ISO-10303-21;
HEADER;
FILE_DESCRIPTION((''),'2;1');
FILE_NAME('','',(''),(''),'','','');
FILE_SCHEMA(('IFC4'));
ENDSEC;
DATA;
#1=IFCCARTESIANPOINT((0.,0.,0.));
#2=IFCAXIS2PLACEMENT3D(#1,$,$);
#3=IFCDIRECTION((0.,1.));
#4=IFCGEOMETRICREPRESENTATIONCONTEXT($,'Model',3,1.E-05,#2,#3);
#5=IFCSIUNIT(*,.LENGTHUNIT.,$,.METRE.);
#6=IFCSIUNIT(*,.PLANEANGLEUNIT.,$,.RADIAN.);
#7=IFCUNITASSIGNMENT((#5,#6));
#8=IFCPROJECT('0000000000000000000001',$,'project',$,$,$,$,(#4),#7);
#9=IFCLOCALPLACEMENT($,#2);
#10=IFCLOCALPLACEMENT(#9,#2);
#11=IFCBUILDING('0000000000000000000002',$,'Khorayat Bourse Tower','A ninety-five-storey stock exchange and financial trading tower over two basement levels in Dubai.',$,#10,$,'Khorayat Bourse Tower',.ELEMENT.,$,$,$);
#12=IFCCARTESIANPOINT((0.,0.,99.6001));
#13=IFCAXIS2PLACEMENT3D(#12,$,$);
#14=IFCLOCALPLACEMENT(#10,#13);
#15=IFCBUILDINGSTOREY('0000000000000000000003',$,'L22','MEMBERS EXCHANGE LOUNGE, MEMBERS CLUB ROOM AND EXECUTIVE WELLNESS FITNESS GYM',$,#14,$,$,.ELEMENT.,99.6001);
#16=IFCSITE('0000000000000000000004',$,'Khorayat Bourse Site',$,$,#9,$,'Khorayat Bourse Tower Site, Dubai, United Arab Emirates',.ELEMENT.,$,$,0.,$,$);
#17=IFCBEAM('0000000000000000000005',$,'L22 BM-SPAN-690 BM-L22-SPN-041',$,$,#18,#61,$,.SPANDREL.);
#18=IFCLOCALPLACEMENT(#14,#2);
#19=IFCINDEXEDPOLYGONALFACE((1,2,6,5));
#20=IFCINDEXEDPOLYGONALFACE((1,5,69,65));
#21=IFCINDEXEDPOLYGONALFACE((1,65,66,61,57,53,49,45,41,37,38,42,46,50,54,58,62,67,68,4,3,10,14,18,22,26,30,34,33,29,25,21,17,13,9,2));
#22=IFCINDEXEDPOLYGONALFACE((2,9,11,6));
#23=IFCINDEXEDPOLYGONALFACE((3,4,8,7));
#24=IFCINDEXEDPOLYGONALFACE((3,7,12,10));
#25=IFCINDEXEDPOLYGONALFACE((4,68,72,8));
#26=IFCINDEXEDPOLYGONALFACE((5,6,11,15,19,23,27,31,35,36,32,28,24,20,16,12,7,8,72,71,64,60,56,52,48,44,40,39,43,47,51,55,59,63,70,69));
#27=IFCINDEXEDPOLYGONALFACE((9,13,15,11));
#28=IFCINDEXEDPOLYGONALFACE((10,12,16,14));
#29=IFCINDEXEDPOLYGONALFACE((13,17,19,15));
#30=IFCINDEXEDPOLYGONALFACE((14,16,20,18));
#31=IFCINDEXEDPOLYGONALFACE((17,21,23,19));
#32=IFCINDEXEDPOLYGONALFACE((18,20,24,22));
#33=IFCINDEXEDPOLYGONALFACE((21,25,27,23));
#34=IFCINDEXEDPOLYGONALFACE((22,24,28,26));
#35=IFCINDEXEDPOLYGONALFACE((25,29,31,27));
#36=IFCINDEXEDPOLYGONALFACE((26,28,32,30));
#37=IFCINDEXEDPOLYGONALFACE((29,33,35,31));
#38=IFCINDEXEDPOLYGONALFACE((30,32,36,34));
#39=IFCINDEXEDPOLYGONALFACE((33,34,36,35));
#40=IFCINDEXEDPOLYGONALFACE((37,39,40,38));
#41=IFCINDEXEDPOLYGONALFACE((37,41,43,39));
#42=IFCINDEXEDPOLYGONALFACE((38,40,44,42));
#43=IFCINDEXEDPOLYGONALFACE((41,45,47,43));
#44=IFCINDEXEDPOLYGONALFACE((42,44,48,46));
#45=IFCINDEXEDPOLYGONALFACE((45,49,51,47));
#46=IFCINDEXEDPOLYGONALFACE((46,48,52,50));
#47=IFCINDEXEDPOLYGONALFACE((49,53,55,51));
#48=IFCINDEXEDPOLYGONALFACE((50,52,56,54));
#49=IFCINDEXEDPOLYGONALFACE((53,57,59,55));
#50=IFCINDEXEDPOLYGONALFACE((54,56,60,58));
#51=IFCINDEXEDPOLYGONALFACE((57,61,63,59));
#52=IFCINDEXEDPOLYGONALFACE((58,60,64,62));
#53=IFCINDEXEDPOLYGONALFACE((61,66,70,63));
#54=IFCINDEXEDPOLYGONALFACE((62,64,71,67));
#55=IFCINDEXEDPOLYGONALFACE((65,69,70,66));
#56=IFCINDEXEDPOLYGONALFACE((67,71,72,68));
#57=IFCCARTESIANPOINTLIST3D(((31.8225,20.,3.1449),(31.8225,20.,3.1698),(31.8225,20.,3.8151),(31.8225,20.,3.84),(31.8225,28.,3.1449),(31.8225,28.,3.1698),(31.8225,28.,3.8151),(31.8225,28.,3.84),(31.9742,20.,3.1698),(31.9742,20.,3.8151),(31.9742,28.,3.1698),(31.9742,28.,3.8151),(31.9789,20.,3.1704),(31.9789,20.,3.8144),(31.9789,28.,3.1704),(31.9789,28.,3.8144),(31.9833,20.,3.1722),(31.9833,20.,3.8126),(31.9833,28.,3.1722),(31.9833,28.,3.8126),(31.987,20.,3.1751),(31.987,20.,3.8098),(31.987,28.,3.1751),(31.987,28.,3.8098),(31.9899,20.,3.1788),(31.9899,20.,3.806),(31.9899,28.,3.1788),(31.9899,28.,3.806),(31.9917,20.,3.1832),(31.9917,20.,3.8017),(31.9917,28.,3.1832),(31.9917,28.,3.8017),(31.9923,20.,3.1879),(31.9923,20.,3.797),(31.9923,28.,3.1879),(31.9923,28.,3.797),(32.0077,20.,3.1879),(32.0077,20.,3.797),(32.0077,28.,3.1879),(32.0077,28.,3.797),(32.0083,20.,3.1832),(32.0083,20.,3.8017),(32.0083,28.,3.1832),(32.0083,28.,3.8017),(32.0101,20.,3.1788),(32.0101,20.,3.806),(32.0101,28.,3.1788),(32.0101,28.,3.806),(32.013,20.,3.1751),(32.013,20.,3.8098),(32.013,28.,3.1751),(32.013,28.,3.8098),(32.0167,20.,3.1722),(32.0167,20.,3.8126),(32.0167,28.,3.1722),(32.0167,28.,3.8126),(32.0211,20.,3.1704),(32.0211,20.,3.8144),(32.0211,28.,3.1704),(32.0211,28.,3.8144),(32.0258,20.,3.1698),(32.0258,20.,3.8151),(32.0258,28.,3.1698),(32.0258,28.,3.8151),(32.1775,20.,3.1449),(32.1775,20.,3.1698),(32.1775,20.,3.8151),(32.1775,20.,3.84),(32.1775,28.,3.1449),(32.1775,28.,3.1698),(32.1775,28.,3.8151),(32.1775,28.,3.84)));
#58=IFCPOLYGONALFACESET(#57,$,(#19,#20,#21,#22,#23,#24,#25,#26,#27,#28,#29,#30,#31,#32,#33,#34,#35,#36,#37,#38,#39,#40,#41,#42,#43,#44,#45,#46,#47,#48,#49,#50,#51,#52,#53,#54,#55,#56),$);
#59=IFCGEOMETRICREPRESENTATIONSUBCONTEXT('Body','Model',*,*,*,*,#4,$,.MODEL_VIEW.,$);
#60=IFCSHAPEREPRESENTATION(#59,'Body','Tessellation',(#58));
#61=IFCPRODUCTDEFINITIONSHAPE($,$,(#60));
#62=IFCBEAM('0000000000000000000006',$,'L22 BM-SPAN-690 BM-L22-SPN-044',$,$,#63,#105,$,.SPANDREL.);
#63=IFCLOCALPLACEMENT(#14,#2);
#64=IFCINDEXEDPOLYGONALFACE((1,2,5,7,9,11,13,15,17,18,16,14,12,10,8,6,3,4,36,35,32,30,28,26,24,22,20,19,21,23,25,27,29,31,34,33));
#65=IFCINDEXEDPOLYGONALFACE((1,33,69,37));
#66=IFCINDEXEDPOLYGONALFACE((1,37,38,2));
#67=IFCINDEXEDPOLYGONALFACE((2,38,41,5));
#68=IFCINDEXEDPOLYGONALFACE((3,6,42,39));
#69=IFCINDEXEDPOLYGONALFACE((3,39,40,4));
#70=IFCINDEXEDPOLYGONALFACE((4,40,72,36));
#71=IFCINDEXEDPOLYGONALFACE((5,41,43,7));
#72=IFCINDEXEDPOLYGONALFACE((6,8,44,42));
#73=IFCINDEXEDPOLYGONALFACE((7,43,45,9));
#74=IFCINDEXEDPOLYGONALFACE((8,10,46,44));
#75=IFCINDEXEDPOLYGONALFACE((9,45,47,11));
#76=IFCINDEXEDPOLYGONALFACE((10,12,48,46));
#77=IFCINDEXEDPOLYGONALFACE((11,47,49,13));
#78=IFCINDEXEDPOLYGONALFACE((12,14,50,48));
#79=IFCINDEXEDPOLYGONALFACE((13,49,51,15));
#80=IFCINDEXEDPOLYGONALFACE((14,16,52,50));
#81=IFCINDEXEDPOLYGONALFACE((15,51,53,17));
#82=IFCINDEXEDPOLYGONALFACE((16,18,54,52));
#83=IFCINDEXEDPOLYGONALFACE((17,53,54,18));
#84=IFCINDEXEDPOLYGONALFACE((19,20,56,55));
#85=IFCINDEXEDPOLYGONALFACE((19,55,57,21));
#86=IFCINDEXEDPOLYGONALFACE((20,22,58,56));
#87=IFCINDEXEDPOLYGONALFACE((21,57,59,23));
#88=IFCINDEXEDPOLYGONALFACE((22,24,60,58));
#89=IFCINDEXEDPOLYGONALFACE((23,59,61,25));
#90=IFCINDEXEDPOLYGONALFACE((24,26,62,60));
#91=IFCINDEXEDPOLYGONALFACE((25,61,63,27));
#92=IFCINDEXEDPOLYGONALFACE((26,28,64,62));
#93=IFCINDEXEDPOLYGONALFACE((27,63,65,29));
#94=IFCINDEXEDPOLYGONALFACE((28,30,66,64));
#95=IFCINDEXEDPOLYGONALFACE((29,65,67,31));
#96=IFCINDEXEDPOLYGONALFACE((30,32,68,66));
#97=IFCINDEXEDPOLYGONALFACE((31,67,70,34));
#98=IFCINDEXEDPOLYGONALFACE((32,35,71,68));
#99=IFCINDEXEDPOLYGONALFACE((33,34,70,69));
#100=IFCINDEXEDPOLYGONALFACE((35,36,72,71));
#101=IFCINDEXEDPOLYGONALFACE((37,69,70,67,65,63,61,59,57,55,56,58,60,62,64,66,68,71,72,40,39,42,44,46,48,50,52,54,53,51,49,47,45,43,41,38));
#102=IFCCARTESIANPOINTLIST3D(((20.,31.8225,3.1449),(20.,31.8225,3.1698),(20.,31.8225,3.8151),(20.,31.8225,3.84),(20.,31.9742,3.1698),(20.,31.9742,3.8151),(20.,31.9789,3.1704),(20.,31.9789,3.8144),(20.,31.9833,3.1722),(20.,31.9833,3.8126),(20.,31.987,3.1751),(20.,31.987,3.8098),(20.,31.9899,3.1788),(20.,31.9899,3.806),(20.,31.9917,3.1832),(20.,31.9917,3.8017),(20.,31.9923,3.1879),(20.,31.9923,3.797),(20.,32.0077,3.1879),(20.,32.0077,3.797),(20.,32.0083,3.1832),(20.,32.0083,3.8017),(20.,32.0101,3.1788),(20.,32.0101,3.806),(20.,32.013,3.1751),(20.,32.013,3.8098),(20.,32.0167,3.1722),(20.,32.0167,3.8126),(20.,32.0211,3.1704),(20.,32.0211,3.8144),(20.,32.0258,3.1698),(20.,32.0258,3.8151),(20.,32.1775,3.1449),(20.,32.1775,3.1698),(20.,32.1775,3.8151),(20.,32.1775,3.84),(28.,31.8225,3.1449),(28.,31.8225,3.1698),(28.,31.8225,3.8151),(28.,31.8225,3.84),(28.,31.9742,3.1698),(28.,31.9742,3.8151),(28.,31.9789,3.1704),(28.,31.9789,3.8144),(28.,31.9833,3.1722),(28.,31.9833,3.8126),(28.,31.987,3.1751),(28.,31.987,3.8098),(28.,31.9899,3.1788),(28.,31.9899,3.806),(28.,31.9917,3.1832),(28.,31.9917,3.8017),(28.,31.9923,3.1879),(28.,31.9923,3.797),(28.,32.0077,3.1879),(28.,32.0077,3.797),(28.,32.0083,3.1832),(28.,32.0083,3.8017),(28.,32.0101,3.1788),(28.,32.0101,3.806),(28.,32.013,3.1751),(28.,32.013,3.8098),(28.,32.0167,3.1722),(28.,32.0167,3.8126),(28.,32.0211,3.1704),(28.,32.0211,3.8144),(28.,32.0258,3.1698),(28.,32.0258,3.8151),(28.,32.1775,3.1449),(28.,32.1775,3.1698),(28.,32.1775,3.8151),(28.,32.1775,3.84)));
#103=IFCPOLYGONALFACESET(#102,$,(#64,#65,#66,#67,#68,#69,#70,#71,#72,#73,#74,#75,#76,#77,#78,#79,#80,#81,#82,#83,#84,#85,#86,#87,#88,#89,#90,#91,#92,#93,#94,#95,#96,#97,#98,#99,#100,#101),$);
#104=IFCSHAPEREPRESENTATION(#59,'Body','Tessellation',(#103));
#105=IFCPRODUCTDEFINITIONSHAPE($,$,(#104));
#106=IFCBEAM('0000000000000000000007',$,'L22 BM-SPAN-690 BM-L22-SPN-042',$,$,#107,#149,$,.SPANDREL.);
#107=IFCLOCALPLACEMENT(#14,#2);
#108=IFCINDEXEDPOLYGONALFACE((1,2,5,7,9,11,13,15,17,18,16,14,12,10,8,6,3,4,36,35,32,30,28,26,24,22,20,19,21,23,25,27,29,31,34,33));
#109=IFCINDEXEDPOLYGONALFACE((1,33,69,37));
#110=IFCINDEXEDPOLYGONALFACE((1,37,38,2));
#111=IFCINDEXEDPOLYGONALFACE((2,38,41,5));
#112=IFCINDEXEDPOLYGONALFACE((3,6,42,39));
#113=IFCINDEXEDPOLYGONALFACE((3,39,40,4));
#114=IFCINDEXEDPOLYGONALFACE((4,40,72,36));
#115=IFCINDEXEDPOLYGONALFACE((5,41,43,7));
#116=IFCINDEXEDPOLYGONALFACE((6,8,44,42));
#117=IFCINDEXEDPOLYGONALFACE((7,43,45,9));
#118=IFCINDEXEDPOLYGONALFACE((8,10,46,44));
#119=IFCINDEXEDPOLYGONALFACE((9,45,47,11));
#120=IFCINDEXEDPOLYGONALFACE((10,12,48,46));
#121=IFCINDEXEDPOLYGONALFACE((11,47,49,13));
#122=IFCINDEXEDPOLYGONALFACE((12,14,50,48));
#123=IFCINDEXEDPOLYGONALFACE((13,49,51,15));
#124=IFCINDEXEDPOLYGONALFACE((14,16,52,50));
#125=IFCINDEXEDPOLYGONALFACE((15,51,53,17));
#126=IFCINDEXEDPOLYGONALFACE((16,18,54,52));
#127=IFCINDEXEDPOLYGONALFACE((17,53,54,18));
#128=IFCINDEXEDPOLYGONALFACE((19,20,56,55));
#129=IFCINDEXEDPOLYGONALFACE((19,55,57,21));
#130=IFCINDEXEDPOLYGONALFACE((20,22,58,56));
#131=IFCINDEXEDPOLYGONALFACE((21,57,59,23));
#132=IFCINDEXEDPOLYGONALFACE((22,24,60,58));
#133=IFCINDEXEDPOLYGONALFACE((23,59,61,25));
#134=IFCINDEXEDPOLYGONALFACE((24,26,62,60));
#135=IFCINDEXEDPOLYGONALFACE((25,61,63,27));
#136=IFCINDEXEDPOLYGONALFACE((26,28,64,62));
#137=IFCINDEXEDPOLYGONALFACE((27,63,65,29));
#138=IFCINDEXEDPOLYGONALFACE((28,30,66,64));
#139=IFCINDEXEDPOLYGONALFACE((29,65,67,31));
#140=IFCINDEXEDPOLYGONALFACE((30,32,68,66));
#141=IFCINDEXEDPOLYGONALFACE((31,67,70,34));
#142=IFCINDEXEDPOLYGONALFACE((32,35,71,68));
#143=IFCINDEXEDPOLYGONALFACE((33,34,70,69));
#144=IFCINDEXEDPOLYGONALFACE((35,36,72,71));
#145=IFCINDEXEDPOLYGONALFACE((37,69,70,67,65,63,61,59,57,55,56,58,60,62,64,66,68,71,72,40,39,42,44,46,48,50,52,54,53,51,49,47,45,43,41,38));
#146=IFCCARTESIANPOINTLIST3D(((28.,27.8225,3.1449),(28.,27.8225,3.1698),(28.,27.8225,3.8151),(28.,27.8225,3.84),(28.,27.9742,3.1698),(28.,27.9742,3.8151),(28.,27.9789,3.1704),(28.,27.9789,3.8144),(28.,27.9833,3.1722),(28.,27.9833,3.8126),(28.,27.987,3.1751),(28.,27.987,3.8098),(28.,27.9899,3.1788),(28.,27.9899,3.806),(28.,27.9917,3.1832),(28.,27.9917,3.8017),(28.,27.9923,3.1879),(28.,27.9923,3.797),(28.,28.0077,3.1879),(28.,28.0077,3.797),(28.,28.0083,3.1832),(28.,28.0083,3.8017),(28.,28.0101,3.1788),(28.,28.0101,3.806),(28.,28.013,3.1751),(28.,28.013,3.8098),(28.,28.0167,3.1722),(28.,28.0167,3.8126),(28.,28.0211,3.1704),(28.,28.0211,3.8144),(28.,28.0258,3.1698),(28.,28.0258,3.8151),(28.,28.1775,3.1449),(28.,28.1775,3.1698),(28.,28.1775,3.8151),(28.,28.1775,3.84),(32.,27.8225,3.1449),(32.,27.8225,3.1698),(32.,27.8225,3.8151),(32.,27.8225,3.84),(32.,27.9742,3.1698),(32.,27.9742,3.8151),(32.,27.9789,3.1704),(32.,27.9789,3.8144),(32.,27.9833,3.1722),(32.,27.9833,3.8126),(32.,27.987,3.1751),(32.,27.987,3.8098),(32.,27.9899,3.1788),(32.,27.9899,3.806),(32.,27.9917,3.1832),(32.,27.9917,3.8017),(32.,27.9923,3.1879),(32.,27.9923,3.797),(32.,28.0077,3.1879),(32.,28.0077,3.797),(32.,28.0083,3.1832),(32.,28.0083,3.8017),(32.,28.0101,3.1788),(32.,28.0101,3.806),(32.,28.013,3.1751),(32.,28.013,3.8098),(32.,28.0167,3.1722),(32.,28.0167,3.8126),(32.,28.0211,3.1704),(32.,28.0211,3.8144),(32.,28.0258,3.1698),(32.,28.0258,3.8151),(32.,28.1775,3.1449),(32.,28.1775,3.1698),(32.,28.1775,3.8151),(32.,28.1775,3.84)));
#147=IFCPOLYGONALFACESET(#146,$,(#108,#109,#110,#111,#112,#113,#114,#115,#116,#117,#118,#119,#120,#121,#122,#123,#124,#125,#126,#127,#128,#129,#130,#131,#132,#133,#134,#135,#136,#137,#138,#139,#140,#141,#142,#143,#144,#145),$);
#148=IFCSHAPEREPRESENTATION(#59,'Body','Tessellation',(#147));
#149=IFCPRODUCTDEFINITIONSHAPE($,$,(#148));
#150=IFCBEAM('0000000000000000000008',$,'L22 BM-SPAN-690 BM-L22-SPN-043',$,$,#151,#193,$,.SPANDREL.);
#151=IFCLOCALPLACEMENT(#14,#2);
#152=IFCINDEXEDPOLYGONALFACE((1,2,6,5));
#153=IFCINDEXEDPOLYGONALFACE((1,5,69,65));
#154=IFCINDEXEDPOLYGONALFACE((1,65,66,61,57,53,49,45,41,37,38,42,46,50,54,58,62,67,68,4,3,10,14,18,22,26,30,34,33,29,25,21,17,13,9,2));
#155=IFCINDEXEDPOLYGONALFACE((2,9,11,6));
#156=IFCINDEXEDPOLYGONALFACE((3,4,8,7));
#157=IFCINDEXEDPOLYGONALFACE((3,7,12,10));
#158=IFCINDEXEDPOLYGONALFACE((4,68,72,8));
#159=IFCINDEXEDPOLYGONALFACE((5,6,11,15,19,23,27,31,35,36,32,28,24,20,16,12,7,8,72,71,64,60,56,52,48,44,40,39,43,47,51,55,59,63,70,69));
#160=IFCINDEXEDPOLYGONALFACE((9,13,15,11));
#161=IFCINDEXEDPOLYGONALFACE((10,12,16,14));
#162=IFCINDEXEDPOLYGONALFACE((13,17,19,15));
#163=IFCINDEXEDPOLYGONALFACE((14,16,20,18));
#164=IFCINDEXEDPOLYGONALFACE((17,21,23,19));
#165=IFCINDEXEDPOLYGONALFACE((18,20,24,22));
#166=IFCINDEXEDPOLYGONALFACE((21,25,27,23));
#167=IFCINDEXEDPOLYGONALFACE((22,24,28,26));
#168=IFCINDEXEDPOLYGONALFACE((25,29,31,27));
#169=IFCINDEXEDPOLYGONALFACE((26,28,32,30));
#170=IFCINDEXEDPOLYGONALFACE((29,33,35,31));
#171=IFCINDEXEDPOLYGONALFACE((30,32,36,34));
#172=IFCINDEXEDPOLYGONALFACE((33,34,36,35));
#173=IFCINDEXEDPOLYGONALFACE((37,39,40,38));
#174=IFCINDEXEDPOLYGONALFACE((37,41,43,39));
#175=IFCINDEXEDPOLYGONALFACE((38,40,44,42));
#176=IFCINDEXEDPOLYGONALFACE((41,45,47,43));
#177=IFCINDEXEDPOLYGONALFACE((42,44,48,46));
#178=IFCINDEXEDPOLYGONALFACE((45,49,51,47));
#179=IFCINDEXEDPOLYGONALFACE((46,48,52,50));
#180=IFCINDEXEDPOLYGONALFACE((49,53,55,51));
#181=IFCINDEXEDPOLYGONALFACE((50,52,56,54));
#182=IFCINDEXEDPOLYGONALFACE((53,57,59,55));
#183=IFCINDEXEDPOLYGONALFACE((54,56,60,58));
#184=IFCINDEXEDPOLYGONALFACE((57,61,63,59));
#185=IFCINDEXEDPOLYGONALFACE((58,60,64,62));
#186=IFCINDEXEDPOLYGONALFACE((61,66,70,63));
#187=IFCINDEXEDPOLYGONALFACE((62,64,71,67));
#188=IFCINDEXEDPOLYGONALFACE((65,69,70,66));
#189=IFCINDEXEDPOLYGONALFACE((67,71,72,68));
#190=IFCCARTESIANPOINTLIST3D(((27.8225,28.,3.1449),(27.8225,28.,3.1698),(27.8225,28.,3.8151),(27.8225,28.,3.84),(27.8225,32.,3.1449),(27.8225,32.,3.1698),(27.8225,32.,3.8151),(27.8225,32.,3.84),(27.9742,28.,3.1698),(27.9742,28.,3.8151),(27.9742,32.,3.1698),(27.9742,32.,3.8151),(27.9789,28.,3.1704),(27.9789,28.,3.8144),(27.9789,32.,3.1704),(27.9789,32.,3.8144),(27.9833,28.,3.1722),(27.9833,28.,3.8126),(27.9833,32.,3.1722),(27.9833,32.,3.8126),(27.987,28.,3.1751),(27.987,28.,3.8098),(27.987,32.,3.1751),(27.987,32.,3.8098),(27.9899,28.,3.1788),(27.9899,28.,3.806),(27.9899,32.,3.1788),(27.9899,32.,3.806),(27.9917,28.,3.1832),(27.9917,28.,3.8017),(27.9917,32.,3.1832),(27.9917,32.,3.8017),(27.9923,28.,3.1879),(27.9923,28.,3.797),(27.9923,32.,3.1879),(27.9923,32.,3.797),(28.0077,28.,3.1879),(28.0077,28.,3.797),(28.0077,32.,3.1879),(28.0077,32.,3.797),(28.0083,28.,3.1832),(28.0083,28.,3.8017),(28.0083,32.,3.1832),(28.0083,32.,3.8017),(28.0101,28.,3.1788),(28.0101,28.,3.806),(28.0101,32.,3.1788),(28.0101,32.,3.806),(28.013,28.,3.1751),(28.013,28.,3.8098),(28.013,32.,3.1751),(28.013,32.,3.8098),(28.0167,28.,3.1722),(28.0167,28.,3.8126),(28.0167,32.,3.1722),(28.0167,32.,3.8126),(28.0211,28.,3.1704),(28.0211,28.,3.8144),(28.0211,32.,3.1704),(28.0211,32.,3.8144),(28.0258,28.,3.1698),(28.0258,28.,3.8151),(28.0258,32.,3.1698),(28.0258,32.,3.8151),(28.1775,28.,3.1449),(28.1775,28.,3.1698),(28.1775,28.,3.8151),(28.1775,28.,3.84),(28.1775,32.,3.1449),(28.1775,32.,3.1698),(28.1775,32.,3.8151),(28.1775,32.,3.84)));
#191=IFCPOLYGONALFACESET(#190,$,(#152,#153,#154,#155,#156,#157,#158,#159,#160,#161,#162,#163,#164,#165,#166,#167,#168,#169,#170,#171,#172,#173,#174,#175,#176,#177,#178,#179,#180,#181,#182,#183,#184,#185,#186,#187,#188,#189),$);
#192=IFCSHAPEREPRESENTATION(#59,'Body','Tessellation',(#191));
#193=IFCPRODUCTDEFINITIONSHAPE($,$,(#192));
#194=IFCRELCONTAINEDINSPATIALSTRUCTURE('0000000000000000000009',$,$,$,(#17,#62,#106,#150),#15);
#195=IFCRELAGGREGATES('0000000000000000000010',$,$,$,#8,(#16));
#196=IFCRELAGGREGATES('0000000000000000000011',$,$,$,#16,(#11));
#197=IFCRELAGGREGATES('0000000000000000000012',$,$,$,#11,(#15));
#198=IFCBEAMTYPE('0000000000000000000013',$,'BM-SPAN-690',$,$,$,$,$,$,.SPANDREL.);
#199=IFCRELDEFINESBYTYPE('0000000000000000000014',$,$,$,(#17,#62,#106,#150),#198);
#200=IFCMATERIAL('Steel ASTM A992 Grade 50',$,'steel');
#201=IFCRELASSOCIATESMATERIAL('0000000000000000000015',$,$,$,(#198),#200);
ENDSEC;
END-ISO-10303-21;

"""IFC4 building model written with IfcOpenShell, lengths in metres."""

from ifc_helpers import new_model, si_unit, direction, frame, origin, origin_2d, place, context, subcontext, project, spatial, i_section, extrude, source, transform, mapped, material, material_profile, profile_set, type_object, element, save


model = new_model("IFC4")

# Units and contexts
model_context = context("Model", 3, precision=1e-05, world=origin(), true_north=direction((0.0, 1.0)))
body_context = subcontext(model_context, "Body", "Model", "MODEL_VIEW")
ifc_project = project(units=[si_unit("LENGTHUNIT", "METRE"), si_unit("PLANEANGLEUNIT", "RADIAN")], contexts=[model_context])

# Site, building, storey
site_placement = place(None, origin())
site = spatial("IfcSite", under=ifc_project, at=site_placement, Name="Khorayat Bourse Site", LongName="Khorayat Bourse Tower Site, Dubai, United Arab Emirates", CompositionType="ELEMENT", RefElevation=0.0)
building_placement = place(site_placement, origin())
building = spatial("IfcBuilding", under=site, at=building_placement, Name="Khorayat Bourse Tower", Description="A ninety-five-storey stock exchange and financial trading tower over two basement levels in Dubai.", LongName="Khorayat Bourse Tower", CompositionType="ELEMENT")
storey_placement = place(building_placement, frame((0.0, 0.0, 99.6001)))
storey = spatial("IfcBuildingStorey", under=building, at=storey_placement, Name="L22", Description="MEMBERS EXCHANGE LOUNGE, MEMBERS CLUB ROOM AND EXECUTIVE WELLNESS FITNESS GYM", CompositionType="ELEMENT", Elevation=99.6001)

# Beams
ifc_material_1 = material(Name="Steel ASTM A992 Grade 50", Category="steel")
ifc_material_profile_1 = material_profile(ifc_material_1, i_section(OverallWidth=0.355, OverallDepth=0.6951, WebThickness=0.0154, FlangeThickness=0.0249, FilletRadius=0.0181, at=origin_2d()), Name="W690X217")
ifc_profile_set_1 = profile_set([ifc_material_profile_1], Name="Steel ASTM A992 Grade 50")
beam_type_1 = type_object("IfcBeamType", Name="BM-SPAN-690", PredefinedType="SPANDREL", material=ifc_profile_set_1)
shared_shape_1 = source(origin(), body_context, "Body", "SweptSolid", [
    extrude(i_section(OverallWidth=0.355, OverallDepth=0.6951, WebThickness=0.0154, FlangeThickness=0.0249, FilletRadius=0.0181, at=origin_2d()), origin(), (0.0, 0.0, 1.0), 8.0),
])
for number, where, z_axis, x_axis, name in (
    (1, (32.0, 20.0, 3.4924), (0.0, 1.0, 0.0), (-1.0, 0.0, 0.0), "L22 BM-SPAN-690 BM-L22-SPN-041"),
    (2, (20.0, 32.0, 3.4924), (1.0, 0.0, 0.0), (0.0, 1.0, 0.0), "L22 BM-SPAN-690 BM-L22-SPN-044"),
):
    element("IfcBeam", number, at=place(storey_placement, frame(where, z_axis=z_axis, x_axis=x_axis)), inside=storey, type_object=beam_type_1, Name=name, PredefinedType="SPANDREL", context=body_context, shape_type="MappedRepresentation", body=[
        mapped(shared_shape_1, transform((0.0, 0.0, 0.0), scale=1.0)),
    ])
shared_shape_2 = source(origin(), body_context, "Body", "SweptSolid", [
    extrude(i_section(OverallWidth=0.355, OverallDepth=0.6951, WebThickness=0.0154, FlangeThickness=0.0249, FilletRadius=0.0181, at=origin_2d()), origin(), (0.0, 0.0, 1.0), 4.0),
])
for number, where, z_axis, x_axis, name in (
    (3, (28.0, 28.0, 3.4924), (1.0, 0.0, 0.0), (0.0, 1.0, 0.0), "L22 BM-SPAN-690 BM-L22-SPN-042"),
    (4, (28.0, 28.0, 3.4924), (0.0, 1.0, 0.0), (-1.0, 0.0, 0.0), "L22 BM-SPAN-690 BM-L22-SPN-043"),
):
    element("IfcBeam", number, at=place(storey_placement, frame(where, z_axis=z_axis, x_axis=x_axis)), inside=storey, type_object=beam_type_1, Name=name, PredefinedType="SPANDREL", context=body_context, shape_type="MappedRepresentation", body=[
        mapped(shared_shape_2, transform((0.0, 0.0, 0.0), scale=1.0)),
    ])

save(model, "model.ifc")
